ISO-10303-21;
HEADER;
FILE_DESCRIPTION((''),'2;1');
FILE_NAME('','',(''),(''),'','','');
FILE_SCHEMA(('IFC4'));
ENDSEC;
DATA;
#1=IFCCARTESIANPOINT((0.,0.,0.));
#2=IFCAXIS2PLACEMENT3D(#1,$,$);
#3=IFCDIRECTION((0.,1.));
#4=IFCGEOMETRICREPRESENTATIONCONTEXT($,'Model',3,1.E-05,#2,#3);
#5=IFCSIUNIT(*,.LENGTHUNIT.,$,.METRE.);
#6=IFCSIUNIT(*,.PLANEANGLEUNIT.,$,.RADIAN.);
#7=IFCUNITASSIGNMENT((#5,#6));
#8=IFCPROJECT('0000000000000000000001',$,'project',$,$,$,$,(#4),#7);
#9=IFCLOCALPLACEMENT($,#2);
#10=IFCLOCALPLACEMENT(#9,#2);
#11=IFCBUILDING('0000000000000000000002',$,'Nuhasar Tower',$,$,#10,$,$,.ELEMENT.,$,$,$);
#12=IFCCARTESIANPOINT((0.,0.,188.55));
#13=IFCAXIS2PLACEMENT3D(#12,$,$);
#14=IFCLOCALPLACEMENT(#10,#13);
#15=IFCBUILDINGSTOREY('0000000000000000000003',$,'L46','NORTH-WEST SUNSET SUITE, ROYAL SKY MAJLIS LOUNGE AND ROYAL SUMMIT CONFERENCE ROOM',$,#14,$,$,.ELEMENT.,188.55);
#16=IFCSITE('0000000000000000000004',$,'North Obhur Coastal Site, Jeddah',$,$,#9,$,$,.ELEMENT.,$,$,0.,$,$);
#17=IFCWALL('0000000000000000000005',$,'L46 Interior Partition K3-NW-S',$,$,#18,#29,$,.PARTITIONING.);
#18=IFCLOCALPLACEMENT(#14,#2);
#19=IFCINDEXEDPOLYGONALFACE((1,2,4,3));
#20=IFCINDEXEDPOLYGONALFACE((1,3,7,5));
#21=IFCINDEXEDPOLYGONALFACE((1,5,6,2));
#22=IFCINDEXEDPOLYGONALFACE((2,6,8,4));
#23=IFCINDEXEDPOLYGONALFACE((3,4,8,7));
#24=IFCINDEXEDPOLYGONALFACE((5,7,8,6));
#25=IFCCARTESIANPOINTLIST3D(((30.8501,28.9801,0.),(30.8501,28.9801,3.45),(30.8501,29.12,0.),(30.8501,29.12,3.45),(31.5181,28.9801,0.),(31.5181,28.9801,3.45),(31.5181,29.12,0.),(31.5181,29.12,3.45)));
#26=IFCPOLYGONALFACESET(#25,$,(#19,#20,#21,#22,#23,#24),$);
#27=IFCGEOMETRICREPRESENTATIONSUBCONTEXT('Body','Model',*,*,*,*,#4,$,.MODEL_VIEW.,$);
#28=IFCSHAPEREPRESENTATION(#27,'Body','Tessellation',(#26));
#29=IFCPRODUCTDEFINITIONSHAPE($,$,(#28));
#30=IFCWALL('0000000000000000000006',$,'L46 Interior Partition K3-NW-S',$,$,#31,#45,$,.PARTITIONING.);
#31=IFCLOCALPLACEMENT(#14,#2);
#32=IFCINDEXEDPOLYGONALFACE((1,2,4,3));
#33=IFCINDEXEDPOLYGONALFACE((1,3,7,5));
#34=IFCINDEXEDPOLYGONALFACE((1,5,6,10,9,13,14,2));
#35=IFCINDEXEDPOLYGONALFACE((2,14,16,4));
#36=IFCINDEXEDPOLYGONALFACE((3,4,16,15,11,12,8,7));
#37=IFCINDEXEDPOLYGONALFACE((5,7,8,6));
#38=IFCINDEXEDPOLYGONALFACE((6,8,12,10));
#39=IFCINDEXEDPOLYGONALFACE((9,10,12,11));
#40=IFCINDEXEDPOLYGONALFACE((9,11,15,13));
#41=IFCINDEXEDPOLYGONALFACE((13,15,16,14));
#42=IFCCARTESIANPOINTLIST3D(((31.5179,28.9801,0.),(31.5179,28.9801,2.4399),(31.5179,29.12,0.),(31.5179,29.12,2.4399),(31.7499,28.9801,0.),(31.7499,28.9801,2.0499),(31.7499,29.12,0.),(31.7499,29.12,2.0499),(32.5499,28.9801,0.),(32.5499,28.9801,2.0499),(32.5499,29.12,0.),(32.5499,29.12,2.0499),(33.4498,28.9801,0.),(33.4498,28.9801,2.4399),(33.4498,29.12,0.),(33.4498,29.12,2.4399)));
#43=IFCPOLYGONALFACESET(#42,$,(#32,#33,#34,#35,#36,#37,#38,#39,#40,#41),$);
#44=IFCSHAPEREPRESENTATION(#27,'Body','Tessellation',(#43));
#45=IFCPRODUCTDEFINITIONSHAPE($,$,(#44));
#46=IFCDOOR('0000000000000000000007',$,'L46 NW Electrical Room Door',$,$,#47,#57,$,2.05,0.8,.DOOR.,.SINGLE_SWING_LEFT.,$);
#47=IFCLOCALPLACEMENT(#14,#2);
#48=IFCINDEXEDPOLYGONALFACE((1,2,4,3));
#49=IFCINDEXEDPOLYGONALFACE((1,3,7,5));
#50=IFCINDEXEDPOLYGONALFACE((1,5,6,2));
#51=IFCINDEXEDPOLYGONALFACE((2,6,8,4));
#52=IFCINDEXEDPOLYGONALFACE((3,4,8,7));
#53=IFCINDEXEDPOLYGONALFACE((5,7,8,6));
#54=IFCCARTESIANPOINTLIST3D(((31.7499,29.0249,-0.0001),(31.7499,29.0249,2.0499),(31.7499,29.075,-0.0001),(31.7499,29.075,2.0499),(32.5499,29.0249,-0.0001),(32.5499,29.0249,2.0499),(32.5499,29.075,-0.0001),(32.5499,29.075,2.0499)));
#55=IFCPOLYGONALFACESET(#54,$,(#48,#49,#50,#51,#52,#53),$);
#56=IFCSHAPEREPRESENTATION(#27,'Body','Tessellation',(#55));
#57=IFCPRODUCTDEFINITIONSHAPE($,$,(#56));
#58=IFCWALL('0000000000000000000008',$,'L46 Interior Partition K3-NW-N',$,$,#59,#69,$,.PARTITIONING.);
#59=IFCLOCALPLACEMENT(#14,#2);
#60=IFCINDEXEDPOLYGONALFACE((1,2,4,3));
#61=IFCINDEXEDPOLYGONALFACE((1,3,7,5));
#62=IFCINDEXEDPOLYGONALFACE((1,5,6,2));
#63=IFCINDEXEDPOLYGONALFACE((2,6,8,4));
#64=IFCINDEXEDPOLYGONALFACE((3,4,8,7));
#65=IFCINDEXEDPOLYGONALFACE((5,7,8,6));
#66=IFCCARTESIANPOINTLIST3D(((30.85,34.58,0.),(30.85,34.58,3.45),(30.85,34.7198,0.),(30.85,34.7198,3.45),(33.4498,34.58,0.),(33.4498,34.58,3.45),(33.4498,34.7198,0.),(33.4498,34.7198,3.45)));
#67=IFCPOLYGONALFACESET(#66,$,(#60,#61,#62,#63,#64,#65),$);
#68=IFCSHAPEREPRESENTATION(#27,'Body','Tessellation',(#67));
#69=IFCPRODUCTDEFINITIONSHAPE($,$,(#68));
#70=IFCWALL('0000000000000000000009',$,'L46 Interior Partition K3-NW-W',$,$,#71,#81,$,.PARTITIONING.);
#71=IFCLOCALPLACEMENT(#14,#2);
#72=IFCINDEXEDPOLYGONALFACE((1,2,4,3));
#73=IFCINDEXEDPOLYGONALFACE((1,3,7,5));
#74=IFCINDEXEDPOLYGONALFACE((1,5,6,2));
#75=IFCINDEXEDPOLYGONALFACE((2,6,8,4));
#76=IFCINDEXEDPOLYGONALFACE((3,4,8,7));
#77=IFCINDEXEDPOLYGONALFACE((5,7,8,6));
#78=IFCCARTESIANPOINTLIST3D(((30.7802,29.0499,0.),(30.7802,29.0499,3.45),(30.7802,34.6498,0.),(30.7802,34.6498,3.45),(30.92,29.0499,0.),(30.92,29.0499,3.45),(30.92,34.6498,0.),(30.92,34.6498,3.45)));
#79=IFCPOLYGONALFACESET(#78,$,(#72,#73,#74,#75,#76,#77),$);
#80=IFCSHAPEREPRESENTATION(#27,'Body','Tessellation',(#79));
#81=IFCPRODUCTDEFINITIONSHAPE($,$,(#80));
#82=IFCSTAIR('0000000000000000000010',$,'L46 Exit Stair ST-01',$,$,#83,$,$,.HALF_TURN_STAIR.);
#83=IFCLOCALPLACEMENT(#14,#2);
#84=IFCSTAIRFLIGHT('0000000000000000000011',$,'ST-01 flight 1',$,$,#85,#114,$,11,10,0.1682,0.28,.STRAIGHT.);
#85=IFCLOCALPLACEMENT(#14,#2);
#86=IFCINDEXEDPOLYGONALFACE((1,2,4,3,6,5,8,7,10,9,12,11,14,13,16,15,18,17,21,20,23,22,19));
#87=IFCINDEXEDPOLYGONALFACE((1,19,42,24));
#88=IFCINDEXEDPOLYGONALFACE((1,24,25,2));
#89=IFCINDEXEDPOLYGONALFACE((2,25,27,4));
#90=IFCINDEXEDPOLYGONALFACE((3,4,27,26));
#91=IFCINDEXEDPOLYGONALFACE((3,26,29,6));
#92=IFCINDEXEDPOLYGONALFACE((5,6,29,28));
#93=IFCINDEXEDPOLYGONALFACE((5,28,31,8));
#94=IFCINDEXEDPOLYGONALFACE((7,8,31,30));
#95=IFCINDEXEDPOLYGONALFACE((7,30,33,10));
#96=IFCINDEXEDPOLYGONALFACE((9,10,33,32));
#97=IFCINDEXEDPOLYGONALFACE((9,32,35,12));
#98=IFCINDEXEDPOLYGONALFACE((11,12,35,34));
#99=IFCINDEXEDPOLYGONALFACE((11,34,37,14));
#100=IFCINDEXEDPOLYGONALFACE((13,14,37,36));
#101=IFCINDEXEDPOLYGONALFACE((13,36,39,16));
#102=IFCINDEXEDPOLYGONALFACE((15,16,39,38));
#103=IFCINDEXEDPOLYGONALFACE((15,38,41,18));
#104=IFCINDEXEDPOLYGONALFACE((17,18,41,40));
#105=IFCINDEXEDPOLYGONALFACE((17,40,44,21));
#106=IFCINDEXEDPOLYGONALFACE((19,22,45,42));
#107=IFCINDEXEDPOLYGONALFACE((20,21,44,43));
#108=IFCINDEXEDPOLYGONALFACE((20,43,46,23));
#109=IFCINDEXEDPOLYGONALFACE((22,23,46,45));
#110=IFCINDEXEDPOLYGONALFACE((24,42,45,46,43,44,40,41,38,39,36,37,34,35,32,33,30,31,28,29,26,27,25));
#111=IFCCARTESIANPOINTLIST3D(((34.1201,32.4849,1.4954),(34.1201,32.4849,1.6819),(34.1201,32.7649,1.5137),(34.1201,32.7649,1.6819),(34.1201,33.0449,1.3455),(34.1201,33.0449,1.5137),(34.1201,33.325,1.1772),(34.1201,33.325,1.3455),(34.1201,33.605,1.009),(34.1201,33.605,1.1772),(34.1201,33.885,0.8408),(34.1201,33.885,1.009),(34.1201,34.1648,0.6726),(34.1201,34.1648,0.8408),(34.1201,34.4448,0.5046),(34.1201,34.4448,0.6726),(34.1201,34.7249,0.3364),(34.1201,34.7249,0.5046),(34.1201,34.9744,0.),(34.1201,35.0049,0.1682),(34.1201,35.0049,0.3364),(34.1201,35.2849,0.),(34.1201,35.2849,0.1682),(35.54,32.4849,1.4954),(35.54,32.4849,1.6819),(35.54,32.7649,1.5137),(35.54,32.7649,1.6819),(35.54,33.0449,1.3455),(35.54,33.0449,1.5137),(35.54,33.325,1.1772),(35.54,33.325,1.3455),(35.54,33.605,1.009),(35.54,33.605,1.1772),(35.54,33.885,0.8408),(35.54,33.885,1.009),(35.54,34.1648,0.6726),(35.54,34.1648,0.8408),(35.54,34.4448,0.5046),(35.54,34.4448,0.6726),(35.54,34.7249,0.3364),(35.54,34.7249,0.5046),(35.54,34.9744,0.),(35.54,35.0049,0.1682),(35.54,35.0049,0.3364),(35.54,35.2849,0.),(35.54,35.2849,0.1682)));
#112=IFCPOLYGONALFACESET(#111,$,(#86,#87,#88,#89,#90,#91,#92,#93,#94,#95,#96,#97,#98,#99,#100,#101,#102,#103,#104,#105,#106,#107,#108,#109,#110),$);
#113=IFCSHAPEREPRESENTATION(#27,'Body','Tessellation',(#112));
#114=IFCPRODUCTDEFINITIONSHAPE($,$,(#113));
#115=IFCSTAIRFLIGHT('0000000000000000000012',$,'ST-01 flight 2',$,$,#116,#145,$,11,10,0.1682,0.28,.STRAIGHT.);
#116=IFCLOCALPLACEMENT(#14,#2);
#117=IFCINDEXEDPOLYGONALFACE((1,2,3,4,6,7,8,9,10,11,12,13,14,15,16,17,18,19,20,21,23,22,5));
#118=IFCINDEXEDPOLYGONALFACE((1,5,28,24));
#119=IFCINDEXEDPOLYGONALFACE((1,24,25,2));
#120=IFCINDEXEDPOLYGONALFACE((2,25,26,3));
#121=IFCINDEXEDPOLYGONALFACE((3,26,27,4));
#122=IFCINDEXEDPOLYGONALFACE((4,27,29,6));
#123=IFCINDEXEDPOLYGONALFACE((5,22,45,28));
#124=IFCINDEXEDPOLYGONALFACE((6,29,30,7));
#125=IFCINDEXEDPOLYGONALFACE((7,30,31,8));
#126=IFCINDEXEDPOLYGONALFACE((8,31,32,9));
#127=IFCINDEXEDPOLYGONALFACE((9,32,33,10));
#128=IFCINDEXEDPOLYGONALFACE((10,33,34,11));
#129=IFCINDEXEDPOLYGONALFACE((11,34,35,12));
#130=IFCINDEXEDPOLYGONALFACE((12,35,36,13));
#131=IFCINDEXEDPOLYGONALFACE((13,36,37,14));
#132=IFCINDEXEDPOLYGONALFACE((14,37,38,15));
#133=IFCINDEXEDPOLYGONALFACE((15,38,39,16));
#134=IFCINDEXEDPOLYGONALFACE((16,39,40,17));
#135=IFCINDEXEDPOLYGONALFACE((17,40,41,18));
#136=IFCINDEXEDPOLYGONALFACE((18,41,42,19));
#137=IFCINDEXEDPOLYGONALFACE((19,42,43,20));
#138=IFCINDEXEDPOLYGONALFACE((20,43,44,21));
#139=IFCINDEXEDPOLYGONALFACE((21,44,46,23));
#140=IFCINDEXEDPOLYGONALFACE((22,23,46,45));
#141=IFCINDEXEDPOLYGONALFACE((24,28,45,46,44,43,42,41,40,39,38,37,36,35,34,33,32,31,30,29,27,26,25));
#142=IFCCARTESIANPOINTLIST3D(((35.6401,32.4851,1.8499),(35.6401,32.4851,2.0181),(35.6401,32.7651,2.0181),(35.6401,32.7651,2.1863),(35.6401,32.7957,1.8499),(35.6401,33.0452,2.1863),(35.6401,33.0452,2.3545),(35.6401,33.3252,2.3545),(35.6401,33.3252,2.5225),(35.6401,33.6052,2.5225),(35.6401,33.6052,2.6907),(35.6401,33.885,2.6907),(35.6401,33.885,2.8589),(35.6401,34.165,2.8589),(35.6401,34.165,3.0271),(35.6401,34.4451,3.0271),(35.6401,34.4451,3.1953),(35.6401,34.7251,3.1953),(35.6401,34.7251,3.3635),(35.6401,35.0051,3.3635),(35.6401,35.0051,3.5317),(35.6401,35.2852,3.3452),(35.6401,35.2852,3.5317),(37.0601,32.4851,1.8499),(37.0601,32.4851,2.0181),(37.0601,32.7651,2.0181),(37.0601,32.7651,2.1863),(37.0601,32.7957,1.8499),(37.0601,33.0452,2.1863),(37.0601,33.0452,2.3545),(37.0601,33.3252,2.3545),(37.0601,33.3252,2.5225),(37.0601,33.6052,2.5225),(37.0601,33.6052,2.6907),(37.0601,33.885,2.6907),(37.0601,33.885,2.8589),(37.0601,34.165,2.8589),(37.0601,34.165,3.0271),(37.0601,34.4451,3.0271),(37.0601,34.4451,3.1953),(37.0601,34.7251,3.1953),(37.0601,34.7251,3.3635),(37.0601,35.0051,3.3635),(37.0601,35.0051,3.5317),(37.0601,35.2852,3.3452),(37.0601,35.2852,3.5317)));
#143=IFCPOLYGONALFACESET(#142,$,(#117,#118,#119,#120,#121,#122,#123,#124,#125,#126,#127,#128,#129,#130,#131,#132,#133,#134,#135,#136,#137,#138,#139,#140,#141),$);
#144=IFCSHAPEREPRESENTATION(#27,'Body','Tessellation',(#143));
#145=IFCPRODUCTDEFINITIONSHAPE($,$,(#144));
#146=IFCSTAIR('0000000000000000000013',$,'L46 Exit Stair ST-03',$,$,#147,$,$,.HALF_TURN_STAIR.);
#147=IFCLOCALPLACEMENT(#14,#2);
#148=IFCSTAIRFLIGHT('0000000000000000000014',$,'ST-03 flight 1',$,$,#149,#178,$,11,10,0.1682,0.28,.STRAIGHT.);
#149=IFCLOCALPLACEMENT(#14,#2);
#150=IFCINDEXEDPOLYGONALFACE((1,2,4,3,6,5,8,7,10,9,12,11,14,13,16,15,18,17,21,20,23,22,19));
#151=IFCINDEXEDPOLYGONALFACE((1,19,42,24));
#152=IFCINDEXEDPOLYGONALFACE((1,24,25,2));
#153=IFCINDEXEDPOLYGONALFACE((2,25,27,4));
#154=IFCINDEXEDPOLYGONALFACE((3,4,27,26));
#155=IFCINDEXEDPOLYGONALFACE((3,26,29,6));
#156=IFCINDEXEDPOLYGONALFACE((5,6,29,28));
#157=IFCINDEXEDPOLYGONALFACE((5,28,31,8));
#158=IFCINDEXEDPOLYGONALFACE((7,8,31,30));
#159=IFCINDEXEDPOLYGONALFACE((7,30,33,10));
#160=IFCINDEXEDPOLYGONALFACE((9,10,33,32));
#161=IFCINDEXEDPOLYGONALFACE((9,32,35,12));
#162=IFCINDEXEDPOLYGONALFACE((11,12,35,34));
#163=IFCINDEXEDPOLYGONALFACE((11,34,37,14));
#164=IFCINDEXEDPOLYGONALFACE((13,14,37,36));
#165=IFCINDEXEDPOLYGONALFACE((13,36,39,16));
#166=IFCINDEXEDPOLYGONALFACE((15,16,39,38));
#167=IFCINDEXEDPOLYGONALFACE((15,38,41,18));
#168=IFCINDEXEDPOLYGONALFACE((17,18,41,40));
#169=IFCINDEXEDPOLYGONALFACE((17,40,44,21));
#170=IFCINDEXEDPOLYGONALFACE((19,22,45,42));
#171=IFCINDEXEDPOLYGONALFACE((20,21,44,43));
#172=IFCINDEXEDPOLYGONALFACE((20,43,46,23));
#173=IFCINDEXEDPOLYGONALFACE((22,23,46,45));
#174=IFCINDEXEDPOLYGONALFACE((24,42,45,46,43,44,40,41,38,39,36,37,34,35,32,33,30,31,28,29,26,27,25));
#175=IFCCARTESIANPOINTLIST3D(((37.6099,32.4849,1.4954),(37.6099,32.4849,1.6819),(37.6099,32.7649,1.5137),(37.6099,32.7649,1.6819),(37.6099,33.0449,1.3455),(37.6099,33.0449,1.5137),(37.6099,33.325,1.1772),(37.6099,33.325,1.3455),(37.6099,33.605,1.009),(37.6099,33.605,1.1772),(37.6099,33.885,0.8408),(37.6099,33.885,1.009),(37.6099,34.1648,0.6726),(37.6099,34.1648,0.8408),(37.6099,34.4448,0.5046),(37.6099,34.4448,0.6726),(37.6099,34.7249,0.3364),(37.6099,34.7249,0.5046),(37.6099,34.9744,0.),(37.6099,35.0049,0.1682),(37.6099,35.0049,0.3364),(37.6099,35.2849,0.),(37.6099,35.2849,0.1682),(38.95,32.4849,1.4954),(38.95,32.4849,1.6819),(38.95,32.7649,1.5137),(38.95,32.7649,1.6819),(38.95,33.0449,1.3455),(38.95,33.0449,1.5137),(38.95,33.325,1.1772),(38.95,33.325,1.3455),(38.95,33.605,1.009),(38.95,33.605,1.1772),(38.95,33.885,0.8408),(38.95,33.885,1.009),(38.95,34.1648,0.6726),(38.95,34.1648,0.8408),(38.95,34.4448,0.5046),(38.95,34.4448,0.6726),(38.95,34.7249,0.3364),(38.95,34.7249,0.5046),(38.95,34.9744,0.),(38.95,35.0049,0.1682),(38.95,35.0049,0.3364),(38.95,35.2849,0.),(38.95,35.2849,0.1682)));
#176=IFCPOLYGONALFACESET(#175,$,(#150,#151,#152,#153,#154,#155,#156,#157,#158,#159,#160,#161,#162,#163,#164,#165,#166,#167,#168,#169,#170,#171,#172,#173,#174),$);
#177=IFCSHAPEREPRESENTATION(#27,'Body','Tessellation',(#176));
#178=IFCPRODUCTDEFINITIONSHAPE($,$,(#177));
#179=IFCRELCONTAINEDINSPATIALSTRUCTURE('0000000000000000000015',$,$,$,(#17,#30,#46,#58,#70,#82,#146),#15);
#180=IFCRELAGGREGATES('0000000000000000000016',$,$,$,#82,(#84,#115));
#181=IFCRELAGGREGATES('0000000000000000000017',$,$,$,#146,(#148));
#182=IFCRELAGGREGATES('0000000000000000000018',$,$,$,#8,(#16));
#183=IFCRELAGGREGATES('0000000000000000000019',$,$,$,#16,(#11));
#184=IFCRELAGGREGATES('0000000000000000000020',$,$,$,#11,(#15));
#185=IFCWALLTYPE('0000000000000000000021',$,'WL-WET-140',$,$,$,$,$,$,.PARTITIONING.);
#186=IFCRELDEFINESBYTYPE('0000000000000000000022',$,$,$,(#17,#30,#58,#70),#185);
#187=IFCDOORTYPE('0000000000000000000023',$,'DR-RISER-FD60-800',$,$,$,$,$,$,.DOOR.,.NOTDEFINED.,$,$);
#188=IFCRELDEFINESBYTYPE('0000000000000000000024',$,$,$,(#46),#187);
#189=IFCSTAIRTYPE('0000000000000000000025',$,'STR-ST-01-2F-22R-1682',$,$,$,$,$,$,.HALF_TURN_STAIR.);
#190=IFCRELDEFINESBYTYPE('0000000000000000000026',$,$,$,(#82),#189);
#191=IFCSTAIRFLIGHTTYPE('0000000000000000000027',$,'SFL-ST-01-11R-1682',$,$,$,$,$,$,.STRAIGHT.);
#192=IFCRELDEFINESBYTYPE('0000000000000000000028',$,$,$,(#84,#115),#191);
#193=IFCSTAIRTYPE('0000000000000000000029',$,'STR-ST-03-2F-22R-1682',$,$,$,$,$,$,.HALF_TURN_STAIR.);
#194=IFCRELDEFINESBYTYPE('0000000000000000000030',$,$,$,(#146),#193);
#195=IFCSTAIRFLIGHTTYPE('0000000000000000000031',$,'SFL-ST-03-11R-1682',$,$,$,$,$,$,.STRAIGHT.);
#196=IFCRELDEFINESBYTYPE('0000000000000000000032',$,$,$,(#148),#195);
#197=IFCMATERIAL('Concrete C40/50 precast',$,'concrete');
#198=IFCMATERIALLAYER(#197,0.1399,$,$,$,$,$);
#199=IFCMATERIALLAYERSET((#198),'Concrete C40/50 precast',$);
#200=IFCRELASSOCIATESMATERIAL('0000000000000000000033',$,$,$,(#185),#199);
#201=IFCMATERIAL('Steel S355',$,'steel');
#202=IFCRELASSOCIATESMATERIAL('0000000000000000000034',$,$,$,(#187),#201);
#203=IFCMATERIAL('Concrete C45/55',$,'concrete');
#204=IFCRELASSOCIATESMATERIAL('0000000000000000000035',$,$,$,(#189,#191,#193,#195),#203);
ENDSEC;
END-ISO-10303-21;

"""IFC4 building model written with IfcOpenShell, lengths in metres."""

from ifc_helpers import new_model, si_unit, direction, frame, frame_2d, origin, place, context, subcontext, project, spatial, polyline, rectangle, outline, extrude, material, layer, layer_set, type_object, element, fill, aggregate, save


model = new_model("IFC4")

# Units and contexts
model_context = context("Model", 3, precision=1e-05, world=origin(), true_north=direction((0.0, 1.0)))
body_context = subcontext(model_context, "Body", "Model", "MODEL_VIEW")
ifc_project = project(units=[si_unit("LENGTHUNIT", "METRE"), si_unit("PLANEANGLEUNIT", "RADIAN")], contexts=[model_context])

# Site, building, storey
site_placement = place(None, origin())
site = spatial("IfcSite", under=ifc_project, at=site_placement, Name="North Obhur Coastal Site, Jeddah", CompositionType="ELEMENT", RefElevation=0.0)
building_placement = place(site_placement, origin())
building = spatial("IfcBuilding", under=site, at=building_placement, Name="Nuhasar Tower", CompositionType="ELEMENT")
storey_placement = place(building_placement, frame((0.0, 0.0, 188.55)))
storey = spatial("IfcBuildingStorey", under=building, at=storey_placement, Name="L46", Description="NORTH-WEST SUNSET SUITE, ROYAL SKY MAJLIS LOUNGE AND ROYAL SUMMIT CONFERENCE ROOM", CompositionType="ELEMENT", Elevation=188.55)

# Shared definitions
ifc_material_1 = material(Name="Steel S355", Category="steel")

# Shared definitions
ifc_material_2 = material(Name="Concrete C40/50 precast", Category="concrete")
ifc_layer_1 = layer(ifc_material_2, 0.1399)
ifc_layer_set_1 = layer_set([ifc_layer_1], Name="Concrete C40/50 precast")
wall_type_1 = type_object("IfcWallType", Name="WL-WET-140", PredefinedType="PARTITIONING", material=ifc_layer_set_1)

# Wall
wall_1_placement = place(storey_placement, frame((30.8501, 29.05, 0.0), z_axis=(0.0, 0.0, 1.0), x_axis=(1.0, 0.0, 0.0)))
element("IfcWall", 1, at=wall_1_placement, inside=storey, type_object=wall_type_1, Name="L46 Interior Partition K3-NW-S", PredefinedType="PARTITIONING", context=body_context, shape_type="SweptSolid", body=[
    extrude(rectangle(XDim=0.668, YDim=0.1399, at=frame_2d((0.334, 0.0))), origin(), (0.0, 0.0, 1.0), 3.45),
])

# Wall, opening, door
wall_2_placement = place(storey_placement, frame((31.5181, 29.05, 0.0), z_axis=(0.0, 0.0, 1.0), x_axis=(1.0, 0.0, 0.0)))
wall_2 = element("IfcWall", 2, at=wall_2_placement, inside=storey, type_object=wall_type_1, Name="L46 Interior Partition K3-NW-S", PredefinedType="PARTITIONING", context=body_context, shape_type="SweptSolid", body=[
    extrude(rectangle(XDim=1.9319, YDim=0.1399, at=frame_2d((0.9658, 0.0))), origin(), (0.0, 0.0, 1.0), 2.4399),
])
opening_1_placement = place(wall_2_placement, frame((0.2319, 0.0, 0.0)))
opening_1 = element("IfcOpeningElement", 3, at=opening_1_placement, cuts=wall_2, PredefinedType="OPENING", context=body_context, shape_type="SweptSolid", body=[
    extrude(rectangle(XDim=0.8, YDim=2.05, at=frame_2d((0.3999, 1.0249))), frame((0.0, 0.0801, 0.0), z_axis=(0.0, -1.0, 0.0), x_axis=(1.0, 0.0, 0.0)), (0.0, 0.0, 1.0), 0.1599),
])
door_type_1 = type_object("IfcDoorType", Name="DR-RISER-FD60-800", OperationType="NOTDEFINED", PredefinedType="DOOR", material=ifc_material_1)
door_1_placement = place(opening_1_placement, origin())
door_1 = element("IfcDoor", 4, at=door_1_placement, inside=storey, type_object=door_type_1, Name="L46 NW Electrical Room Door", OperationType="SINGLE_SWING_LEFT", OverallHeight=2.05, OverallWidth=0.8, PredefinedType="DOOR", context=body_context, shape_type="SweptSolid", body=[
    extrude(rectangle(XDim=0.8, YDim=2.05, at=frame_2d((0.3999, 1.0249))), frame((0.0, 0.0249, 0.0), z_axis=(0.0, -1.0, 0.0), x_axis=(1.0, 0.0, 0.0)), (0.0, 0.0, 1.0), 0.05),
])
fill(opening_1, door_1)

# Walls
wall_3_placement = place(storey_placement, frame((30.8501, 34.6499, 0.0), z_axis=(0.0, 0.0, 1.0), x_axis=(1.0, 0.0, 0.0)))
element("IfcWall", 5, at=wall_3_placement, inside=storey, type_object=wall_type_1, Name="L46 Interior Partition K3-NW-N", PredefinedType="PARTITIONING", context=body_context, shape_type="SweptSolid", body=[
    extrude(rectangle(XDim=2.5999, YDim=0.1399, at=frame_2d((1.2998, 0.0))), origin(), (0.0, 0.0, 1.0), 3.45),
])
wall_4_placement = place(storey_placement, frame((30.8501, 29.05, 0.0), z_axis=(0.0, 0.0, 1.0), x_axis=(0.0, 1.0, 0.0)))
element("IfcWall", 6, at=wall_4_placement, inside=storey, type_object=wall_type_1, Name="L46 Interior Partition K3-NW-W", PredefinedType="PARTITIONING", context=body_context, shape_type="SweptSolid", body=[
    extrude(rectangle(XDim=5.5999, YDim=0.1399, at=frame_2d((2.7998, 0.0))), origin(), (0.0, 0.0, 1.0), 3.45),
])

# Stair, stair flights
ifc_material_3 = material(Name="Concrete C45/55", Category="concrete")
stair_type_1 = type_object("IfcStairType", Name="STR-ST-01-2F-22R-1682", PredefinedType="HALF_TURN_STAIR", material=ifc_material_3)
stair_1_placement = place(storey_placement, origin())
stair_1 = element("IfcStair", 7, at=stair_1_placement, inside=storey, type_object=stair_type_1, Name="L46 Exit Stair ST-01", PredefinedType="HALF_TURN_STAIR")
stair_flight_type_1 = type_object("IfcStairFlightType", Name="SFL-ST-01-11R-1682", PredefinedType="STRAIGHT", material=ifc_material_3)
stair_flight_1_placement = place(storey_placement, frame((34.8301, 35.2849, 0.0), z_axis=(0.0, 0.0, 1.0), x_axis=(0.0, -1.0, 0.0)))
stair_flight_1 = element("IfcStairFlight", 8, at=stair_flight_1_placement, type_object=stair_flight_type_1, Name="ST-01 flight 1", NumberOfRisers=11, NumberOfTreads=10, PredefinedType="STRAIGHT", RiserHeight=0.1682, TreadLength=0.28, context=body_context, shape_type="SweptSolid", body=[
    extrude(outline(polyline([(0.0, 0.0), (0.0, 0.1682), (0.28, 0.1682), (0.28, 0.3364), (0.5601, 0.3364), (0.5601, 0.5046), (0.8401, 0.5046), (0.8401, 0.6726), (1.1201, 0.6726), (1.1201, 0.8408), (1.3999, 0.8408), (1.3999, 1.009), (1.6799, 1.009), (1.6799, 1.1772), (1.96, 1.1772), (1.96, 1.3455), (2.24, 1.3455), (2.24, 1.5137), (2.52, 1.5137), (2.52, 1.6819), (2.8, 1.6819), (2.8, 1.8501), (2.8, 1.4954), (0.3105, 0.0), (0.0, 0.0)])), frame((0.0, 0.71, 0.0), z_axis=(0.0, -1.0, 0.0), x_axis=(1.0, 0.0, 0.0)), (0.0, 0.0, 1.0), 1.4199),
])
stair_flight_2_placement = place(storey_placement, frame((36.3501, 32.4851, 1.8499), z_axis=(0.0, 0.0, 1.0), x_axis=(0.0, 1.0, 0.0)))
stair_flight_2 = element("IfcStairFlight", 9, at=stair_flight_2_placement, type_object=stair_flight_type_1, Name="ST-01 flight 2", NumberOfRisers=11, NumberOfTreads=10, PredefinedType="STRAIGHT", RiserHeight=0.1682, TreadLength=0.28, context=body_context, shape_type="SweptSolid", body=[
    extrude(outline(polyline([(0.0, 0.0), (0.0, 0.1682), (0.28, 0.1682), (0.28, 0.3364), (0.5601, 0.3364), (0.5601, 0.5046), (0.8401, 0.5046), (0.8401, 0.6726), (1.1201, 0.6726), (1.1201, 0.8408), (1.3999, 0.8408), (1.3999, 1.009), (1.6799, 1.009), (1.6799, 1.1772), (1.96, 1.1772), (1.96, 1.3455), (2.24, 1.3455), (2.24, 1.5137), (2.52, 1.5137), (2.52, 1.6819), (2.8, 1.6819), (2.8, 1.8501), (2.8, 1.4954), (0.3105, 0.0), (0.0, 0.0)])), frame((0.0, 0.71, 0.0), z_axis=(0.0, -1.0, 0.0), x_axis=(1.0, 0.0, 0.0)), (0.0, 0.0, 1.0), 1.4199),
])
aggregate(stair_1, [stair_flight_1, stair_flight_2])

# Stair, stair flight
stair_type_2 = type_object("IfcStairType", Name="STR-ST-03-2F-22R-1682", PredefinedType="HALF_TURN_STAIR", material=ifc_material_3)
stair_2_placement = place(storey_placement, origin())
stair_2 = element("IfcStair", 10, at=stair_2_placement, inside=storey, type_object=stair_type_2, Name="L46 Exit Stair ST-03", PredefinedType="HALF_TURN_STAIR")
stair_flight_type_2 = type_object("IfcStairFlightType", Name="SFL-ST-03-11R-1682", PredefinedType="STRAIGHT", material=ifc_material_3)
stair_flight_3_placement = place(storey_placement, frame((38.28, 35.2849, 0.0), z_axis=(0.0, 0.0, 1.0), x_axis=(0.0, -1.0, 0.0)))
stair_flight_3 = element("IfcStairFlight", 11, at=stair_flight_3_placement, type_object=stair_flight_type_2, Name="ST-03 flight 1", NumberOfRisers=11, NumberOfTreads=10, PredefinedType="STRAIGHT", RiserHeight=0.1682, TreadLength=0.28, context=body_context, shape_type="SweptSolid", body=[
    extrude(outline(polyline([(0.0, 0.0), (0.0, 0.1682), (0.28, 0.1682), (0.28, 0.3364), (0.5601, 0.3364), (0.5601, 0.5046), (0.8401, 0.5046), (0.8401, 0.6726), (1.1201, 0.6726), (1.1201, 0.8408), (1.3999, 0.8408), (1.3999, 1.009), (1.6799, 1.009), (1.6799, 1.1772), (1.96, 1.1772), (1.96, 1.3455), (2.24, 1.3455), (2.24, 1.5137), (2.52, 1.5137), (2.52, 1.6819), (2.8, 1.6819), (2.8, 1.8501), (2.8, 1.4954), (0.3105, 0.0), (0.0, 0.0)])), frame((0.0, 0.6699, 0.0), z_axis=(0.0, -1.0, 0.0), x_axis=(1.0, 0.0, 0.0)), (0.0, 0.0, 1.0), 1.3401),
])
aggregate(stair_2, [stair_flight_3])

save(model, "model.ifc")
